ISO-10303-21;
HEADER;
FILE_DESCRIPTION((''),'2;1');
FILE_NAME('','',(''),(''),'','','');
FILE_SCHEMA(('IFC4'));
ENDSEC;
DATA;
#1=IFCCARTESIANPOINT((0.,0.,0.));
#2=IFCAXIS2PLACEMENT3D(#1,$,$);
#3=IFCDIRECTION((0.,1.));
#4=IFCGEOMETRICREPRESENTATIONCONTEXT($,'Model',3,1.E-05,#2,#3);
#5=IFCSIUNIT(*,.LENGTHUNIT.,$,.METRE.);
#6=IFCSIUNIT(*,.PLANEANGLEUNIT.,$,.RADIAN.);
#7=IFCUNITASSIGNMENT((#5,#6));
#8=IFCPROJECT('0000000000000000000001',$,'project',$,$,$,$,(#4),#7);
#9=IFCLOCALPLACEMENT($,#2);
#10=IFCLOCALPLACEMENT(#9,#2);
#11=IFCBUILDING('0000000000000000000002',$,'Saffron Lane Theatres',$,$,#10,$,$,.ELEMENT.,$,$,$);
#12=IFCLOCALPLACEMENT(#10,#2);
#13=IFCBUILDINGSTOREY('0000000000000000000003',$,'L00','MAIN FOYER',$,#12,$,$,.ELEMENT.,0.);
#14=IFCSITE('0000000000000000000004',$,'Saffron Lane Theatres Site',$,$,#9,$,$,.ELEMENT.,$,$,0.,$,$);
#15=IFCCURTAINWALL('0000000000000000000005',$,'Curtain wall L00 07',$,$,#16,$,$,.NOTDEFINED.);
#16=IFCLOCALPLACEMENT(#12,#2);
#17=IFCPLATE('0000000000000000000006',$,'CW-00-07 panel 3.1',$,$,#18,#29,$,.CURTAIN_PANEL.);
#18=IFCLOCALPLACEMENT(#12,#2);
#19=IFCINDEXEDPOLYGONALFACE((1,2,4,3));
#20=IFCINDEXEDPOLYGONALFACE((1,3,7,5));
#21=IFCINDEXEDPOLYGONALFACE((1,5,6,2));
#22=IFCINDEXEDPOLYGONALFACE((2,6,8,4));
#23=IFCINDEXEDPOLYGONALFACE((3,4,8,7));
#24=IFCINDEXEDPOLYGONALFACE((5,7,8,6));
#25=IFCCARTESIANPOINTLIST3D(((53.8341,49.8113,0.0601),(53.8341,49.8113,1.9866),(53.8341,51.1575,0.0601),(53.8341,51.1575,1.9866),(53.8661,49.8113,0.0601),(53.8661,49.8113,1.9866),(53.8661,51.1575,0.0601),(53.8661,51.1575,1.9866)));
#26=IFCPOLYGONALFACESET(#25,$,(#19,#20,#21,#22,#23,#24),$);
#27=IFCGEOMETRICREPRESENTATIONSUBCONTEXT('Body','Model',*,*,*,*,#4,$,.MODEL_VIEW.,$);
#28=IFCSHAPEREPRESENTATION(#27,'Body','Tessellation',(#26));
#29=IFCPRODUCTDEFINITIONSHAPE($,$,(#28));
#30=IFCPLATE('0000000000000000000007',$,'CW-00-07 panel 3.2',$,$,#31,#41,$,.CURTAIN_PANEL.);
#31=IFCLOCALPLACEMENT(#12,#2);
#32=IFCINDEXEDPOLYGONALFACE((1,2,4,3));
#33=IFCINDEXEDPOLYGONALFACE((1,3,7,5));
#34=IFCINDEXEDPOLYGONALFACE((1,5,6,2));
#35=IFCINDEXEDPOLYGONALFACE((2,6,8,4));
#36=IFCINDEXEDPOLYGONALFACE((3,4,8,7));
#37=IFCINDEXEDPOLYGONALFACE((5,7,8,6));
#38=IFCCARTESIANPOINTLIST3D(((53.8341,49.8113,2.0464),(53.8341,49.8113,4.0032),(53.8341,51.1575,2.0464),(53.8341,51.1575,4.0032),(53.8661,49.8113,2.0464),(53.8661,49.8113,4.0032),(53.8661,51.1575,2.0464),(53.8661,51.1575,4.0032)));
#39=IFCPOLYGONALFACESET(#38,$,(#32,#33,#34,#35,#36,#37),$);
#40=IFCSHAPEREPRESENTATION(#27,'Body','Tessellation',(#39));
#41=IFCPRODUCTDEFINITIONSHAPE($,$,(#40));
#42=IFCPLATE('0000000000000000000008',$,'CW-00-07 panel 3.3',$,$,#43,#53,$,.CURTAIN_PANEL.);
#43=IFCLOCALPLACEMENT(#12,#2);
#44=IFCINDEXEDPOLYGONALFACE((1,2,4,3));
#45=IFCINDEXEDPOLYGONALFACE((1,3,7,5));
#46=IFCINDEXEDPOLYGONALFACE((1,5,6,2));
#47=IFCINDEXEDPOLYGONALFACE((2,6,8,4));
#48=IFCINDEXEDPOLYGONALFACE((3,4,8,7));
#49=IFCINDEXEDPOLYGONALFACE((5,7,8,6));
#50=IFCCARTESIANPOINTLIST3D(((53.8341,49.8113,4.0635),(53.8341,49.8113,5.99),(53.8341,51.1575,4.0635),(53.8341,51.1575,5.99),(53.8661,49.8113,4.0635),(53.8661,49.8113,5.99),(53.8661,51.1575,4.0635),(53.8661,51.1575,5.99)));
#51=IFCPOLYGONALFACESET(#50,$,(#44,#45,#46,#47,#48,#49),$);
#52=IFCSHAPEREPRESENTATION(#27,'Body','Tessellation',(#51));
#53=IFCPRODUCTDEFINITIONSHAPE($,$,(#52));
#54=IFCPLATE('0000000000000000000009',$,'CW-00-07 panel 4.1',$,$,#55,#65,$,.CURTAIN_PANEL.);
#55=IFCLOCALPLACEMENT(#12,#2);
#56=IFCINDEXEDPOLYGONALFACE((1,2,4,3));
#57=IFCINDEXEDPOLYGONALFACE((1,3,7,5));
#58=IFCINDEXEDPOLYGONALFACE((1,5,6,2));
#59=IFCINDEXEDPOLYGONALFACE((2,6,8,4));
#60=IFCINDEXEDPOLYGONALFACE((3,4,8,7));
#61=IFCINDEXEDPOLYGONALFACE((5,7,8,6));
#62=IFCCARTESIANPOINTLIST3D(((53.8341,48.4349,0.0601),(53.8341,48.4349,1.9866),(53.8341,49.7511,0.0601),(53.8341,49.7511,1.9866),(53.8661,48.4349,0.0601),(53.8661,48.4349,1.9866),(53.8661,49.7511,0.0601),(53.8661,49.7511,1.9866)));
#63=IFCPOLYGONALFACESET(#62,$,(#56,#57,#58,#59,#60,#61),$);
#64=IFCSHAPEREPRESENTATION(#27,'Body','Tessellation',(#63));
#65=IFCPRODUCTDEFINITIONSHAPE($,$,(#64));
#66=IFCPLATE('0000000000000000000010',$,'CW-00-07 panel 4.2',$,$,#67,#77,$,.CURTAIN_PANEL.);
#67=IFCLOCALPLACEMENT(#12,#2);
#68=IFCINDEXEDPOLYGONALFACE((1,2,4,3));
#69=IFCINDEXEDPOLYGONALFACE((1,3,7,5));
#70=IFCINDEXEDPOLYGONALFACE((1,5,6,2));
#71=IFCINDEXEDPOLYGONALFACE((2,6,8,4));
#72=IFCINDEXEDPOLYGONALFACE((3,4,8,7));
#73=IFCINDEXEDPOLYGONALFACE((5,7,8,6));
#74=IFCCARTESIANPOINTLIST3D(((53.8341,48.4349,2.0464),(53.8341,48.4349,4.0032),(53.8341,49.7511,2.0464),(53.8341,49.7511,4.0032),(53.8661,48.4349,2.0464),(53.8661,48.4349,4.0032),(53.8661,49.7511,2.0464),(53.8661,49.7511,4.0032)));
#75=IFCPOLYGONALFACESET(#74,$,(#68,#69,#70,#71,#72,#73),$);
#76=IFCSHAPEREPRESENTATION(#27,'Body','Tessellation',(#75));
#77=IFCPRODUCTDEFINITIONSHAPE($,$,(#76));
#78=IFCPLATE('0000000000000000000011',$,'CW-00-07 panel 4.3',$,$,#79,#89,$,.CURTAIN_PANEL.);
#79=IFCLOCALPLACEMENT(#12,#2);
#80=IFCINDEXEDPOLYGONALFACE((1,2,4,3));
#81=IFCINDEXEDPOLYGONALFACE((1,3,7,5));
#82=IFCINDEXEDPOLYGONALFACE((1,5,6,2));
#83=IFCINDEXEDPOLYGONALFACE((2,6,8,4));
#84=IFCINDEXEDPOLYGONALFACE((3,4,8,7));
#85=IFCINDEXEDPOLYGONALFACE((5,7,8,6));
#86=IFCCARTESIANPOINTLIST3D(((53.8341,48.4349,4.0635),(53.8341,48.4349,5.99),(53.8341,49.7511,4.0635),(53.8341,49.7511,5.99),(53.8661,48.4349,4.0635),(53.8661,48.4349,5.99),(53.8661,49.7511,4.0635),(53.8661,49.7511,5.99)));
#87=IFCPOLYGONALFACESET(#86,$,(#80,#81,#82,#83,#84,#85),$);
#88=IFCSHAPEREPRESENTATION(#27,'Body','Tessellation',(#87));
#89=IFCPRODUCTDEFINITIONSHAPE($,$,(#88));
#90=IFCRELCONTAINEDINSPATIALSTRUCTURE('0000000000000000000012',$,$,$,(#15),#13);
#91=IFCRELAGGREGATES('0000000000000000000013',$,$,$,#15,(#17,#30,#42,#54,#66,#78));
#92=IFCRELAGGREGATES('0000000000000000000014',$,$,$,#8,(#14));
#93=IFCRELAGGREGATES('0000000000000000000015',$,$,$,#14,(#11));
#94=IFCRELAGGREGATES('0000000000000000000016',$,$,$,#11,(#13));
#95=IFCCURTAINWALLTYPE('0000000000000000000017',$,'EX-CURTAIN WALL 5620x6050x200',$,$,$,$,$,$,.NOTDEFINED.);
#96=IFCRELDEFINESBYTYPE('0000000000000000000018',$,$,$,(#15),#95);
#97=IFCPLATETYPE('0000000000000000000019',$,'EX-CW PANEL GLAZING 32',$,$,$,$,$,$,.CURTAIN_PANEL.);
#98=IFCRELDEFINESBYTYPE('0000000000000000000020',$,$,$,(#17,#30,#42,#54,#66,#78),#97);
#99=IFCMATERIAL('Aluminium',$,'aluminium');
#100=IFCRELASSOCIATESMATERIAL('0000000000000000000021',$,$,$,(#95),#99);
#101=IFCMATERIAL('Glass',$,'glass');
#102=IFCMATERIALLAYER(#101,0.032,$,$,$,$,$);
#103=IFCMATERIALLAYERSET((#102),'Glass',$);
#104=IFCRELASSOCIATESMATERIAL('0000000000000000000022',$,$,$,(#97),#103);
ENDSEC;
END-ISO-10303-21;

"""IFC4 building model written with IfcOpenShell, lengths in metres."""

from ifc_helpers import new_model, si_unit, direction, frame, origin, origin_2d, place, context, subcontext, project, spatial, rectangle, extrude, material, layer, layer_set, type_object, element, aggregate, save


model = new_model("IFC4")

# Units and contexts
model_context = context("Model", 3, precision=1e-05, world=origin(), true_north=direction((0.0, 1.0)))
body_context = subcontext(model_context, "Body", "Model", "MODEL_VIEW")
ifc_project = project(units=[si_unit("LENGTHUNIT", "METRE"), si_unit("PLANEANGLEUNIT", "RADIAN")], contexts=[model_context])

# Site, building, storey
site_placement = place(None, origin())
site = spatial("IfcSite", under=ifc_project, at=site_placement, Name="Saffron Lane Theatres Site", CompositionType="ELEMENT", RefElevation=0.0)
building_placement = place(site_placement, origin())
building = spatial("IfcBuilding", under=site, at=building_placement, Name="Saffron Lane Theatres", CompositionType="ELEMENT")
storey_placement = place(building_placement, origin())
storey = spatial("IfcBuildingStorey", under=building, at=storey_placement, Name="L00", Description="MAIN FOYER", CompositionType="ELEMENT", Elevation=0.0)

# Curtain wall, plates
ifc_material_1 = material(Name="Aluminium", Category="aluminium")
curtain_wall_type = type_object("IfcCurtainWallType", Name="EX-CURTAIN WALL 5620x6050x200", PredefinedType="NOTDEFINED", material=ifc_material_1)
curtain_wall_placement = place(storey_placement, origin())
curtain_wall = element("IfcCurtainWall", 1, at=curtain_wall_placement, inside=storey, type_object=curtain_wall_type, Name="Curtain wall L00 07", PredefinedType="NOTDEFINED")
ifc_material_2 = material(Name="Glass", Category="glass")
ifc_layer = layer(ifc_material_2, 0.032)
ifc_layer_set = layer_set([ifc_layer], Name="Glass")
plate_type = type_object("IfcPlateType", Name="EX-CW PANEL GLAZING 32", PredefinedType="CURTAIN_PANEL", material=ifc_layer_set)
plate_1_placement = place(storey_placement, frame((53.8501, 50.4844, 0.0601), z_axis=(0.0, 0.0, 1.0), x_axis=(0.0, -1.0, 0.0)))
plate_1 = element("IfcPlate", 2, at=plate_1_placement, type_object=plate_type, Name="CW-00-07 panel 3.1", PredefinedType="CURTAIN_PANEL", context=body_context, shape_type="SweptSolid", body=[
    extrude(rectangle(XDim=1.3462, YDim=0.032, at=origin_2d()), origin(), (0.0, 0.0, 1.0), 1.9265),
])
plate_2_placement = place(storey_placement, frame((53.8501, 50.4844, 2.0464), z_axis=(0.0, 0.0, 1.0), x_axis=(0.0, -1.0, 0.0)))
plate_2 = element("IfcPlate", 3, at=plate_2_placement, type_object=plate_type, Name="CW-00-07 panel 3.2", PredefinedType="CURTAIN_PANEL", context=body_context, shape_type="SweptSolid", body=[
    extrude(rectangle(XDim=1.3462, YDim=0.032, at=origin_2d()), origin(), (0.0, 0.0, 1.0), 1.9568),
])
plate_3_placement = place(storey_placement, frame((53.8501, 50.4844, 4.0635), z_axis=(0.0, 0.0, 1.0), x_axis=(0.0, -1.0, 0.0)))
plate_3 = element("IfcPlate", 4, at=plate_3_placement, type_object=plate_type, Name="CW-00-07 panel 3.3", PredefinedType="CURTAIN_PANEL", context=body_context, shape_type="SweptSolid", body=[
    extrude(rectangle(XDim=1.3462, YDim=0.032, at=origin_2d()), origin(), (0.0, 0.0, 1.0), 1.9265),
])
plate_4_placement = place(storey_placement, frame((53.8501, 49.093, 0.0601), z_axis=(0.0, 0.0, 1.0), x_axis=(0.0, -1.0, 0.0)))
plate_4 = element("IfcPlate", 5, at=plate_4_placement, type_object=plate_type, Name="CW-00-07 panel 4.1", PredefinedType="CURTAIN_PANEL", context=body_context, shape_type="SweptSolid", body=[
    extrude(rectangle(XDim=1.3162, YDim=0.032, at=origin_2d()), origin(), (0.0, 0.0, 1.0), 1.9265),
])
plate_5_placement = place(storey_placement, frame((53.8501, 49.093, 2.0464), z_axis=(0.0, 0.0, 1.0), x_axis=(0.0, -1.0, 0.0)))
plate_5 = element("IfcPlate", 6, at=plate_5_placement, type_object=plate_type, Name="CW-00-07 panel 4.2", PredefinedType="CURTAIN_PANEL", context=body_context, shape_type="SweptSolid", body=[
    extrude(rectangle(XDim=1.3162, YDim=0.032, at=origin_2d()), origin(), (0.0, 0.0, 1.0), 1.9568),
])
plate_6_placement = place(storey_placement, frame((53.8501, 49.093, 4.0635), z_axis=(0.0, 0.0, 1.0), x_axis=(0.0, -1.0, 0.0)))
plate_6 = element("IfcPlate", 7, at=plate_6_placement, type_object=plate_type, Name="CW-00-07 panel 4.3", PredefinedType="CURTAIN_PANEL", context=body_context, shape_type="SweptSolid", body=[
    extrude(rectangle(XDim=1.3162, YDim=0.032, at=origin_2d()), origin(), (0.0, 0.0, 1.0), 1.9265),
])
aggregate(curtain_wall, [plate_1, plate_2, plate_3, plate_4, plate_5, plate_6])

save(model, "model.ifc")
